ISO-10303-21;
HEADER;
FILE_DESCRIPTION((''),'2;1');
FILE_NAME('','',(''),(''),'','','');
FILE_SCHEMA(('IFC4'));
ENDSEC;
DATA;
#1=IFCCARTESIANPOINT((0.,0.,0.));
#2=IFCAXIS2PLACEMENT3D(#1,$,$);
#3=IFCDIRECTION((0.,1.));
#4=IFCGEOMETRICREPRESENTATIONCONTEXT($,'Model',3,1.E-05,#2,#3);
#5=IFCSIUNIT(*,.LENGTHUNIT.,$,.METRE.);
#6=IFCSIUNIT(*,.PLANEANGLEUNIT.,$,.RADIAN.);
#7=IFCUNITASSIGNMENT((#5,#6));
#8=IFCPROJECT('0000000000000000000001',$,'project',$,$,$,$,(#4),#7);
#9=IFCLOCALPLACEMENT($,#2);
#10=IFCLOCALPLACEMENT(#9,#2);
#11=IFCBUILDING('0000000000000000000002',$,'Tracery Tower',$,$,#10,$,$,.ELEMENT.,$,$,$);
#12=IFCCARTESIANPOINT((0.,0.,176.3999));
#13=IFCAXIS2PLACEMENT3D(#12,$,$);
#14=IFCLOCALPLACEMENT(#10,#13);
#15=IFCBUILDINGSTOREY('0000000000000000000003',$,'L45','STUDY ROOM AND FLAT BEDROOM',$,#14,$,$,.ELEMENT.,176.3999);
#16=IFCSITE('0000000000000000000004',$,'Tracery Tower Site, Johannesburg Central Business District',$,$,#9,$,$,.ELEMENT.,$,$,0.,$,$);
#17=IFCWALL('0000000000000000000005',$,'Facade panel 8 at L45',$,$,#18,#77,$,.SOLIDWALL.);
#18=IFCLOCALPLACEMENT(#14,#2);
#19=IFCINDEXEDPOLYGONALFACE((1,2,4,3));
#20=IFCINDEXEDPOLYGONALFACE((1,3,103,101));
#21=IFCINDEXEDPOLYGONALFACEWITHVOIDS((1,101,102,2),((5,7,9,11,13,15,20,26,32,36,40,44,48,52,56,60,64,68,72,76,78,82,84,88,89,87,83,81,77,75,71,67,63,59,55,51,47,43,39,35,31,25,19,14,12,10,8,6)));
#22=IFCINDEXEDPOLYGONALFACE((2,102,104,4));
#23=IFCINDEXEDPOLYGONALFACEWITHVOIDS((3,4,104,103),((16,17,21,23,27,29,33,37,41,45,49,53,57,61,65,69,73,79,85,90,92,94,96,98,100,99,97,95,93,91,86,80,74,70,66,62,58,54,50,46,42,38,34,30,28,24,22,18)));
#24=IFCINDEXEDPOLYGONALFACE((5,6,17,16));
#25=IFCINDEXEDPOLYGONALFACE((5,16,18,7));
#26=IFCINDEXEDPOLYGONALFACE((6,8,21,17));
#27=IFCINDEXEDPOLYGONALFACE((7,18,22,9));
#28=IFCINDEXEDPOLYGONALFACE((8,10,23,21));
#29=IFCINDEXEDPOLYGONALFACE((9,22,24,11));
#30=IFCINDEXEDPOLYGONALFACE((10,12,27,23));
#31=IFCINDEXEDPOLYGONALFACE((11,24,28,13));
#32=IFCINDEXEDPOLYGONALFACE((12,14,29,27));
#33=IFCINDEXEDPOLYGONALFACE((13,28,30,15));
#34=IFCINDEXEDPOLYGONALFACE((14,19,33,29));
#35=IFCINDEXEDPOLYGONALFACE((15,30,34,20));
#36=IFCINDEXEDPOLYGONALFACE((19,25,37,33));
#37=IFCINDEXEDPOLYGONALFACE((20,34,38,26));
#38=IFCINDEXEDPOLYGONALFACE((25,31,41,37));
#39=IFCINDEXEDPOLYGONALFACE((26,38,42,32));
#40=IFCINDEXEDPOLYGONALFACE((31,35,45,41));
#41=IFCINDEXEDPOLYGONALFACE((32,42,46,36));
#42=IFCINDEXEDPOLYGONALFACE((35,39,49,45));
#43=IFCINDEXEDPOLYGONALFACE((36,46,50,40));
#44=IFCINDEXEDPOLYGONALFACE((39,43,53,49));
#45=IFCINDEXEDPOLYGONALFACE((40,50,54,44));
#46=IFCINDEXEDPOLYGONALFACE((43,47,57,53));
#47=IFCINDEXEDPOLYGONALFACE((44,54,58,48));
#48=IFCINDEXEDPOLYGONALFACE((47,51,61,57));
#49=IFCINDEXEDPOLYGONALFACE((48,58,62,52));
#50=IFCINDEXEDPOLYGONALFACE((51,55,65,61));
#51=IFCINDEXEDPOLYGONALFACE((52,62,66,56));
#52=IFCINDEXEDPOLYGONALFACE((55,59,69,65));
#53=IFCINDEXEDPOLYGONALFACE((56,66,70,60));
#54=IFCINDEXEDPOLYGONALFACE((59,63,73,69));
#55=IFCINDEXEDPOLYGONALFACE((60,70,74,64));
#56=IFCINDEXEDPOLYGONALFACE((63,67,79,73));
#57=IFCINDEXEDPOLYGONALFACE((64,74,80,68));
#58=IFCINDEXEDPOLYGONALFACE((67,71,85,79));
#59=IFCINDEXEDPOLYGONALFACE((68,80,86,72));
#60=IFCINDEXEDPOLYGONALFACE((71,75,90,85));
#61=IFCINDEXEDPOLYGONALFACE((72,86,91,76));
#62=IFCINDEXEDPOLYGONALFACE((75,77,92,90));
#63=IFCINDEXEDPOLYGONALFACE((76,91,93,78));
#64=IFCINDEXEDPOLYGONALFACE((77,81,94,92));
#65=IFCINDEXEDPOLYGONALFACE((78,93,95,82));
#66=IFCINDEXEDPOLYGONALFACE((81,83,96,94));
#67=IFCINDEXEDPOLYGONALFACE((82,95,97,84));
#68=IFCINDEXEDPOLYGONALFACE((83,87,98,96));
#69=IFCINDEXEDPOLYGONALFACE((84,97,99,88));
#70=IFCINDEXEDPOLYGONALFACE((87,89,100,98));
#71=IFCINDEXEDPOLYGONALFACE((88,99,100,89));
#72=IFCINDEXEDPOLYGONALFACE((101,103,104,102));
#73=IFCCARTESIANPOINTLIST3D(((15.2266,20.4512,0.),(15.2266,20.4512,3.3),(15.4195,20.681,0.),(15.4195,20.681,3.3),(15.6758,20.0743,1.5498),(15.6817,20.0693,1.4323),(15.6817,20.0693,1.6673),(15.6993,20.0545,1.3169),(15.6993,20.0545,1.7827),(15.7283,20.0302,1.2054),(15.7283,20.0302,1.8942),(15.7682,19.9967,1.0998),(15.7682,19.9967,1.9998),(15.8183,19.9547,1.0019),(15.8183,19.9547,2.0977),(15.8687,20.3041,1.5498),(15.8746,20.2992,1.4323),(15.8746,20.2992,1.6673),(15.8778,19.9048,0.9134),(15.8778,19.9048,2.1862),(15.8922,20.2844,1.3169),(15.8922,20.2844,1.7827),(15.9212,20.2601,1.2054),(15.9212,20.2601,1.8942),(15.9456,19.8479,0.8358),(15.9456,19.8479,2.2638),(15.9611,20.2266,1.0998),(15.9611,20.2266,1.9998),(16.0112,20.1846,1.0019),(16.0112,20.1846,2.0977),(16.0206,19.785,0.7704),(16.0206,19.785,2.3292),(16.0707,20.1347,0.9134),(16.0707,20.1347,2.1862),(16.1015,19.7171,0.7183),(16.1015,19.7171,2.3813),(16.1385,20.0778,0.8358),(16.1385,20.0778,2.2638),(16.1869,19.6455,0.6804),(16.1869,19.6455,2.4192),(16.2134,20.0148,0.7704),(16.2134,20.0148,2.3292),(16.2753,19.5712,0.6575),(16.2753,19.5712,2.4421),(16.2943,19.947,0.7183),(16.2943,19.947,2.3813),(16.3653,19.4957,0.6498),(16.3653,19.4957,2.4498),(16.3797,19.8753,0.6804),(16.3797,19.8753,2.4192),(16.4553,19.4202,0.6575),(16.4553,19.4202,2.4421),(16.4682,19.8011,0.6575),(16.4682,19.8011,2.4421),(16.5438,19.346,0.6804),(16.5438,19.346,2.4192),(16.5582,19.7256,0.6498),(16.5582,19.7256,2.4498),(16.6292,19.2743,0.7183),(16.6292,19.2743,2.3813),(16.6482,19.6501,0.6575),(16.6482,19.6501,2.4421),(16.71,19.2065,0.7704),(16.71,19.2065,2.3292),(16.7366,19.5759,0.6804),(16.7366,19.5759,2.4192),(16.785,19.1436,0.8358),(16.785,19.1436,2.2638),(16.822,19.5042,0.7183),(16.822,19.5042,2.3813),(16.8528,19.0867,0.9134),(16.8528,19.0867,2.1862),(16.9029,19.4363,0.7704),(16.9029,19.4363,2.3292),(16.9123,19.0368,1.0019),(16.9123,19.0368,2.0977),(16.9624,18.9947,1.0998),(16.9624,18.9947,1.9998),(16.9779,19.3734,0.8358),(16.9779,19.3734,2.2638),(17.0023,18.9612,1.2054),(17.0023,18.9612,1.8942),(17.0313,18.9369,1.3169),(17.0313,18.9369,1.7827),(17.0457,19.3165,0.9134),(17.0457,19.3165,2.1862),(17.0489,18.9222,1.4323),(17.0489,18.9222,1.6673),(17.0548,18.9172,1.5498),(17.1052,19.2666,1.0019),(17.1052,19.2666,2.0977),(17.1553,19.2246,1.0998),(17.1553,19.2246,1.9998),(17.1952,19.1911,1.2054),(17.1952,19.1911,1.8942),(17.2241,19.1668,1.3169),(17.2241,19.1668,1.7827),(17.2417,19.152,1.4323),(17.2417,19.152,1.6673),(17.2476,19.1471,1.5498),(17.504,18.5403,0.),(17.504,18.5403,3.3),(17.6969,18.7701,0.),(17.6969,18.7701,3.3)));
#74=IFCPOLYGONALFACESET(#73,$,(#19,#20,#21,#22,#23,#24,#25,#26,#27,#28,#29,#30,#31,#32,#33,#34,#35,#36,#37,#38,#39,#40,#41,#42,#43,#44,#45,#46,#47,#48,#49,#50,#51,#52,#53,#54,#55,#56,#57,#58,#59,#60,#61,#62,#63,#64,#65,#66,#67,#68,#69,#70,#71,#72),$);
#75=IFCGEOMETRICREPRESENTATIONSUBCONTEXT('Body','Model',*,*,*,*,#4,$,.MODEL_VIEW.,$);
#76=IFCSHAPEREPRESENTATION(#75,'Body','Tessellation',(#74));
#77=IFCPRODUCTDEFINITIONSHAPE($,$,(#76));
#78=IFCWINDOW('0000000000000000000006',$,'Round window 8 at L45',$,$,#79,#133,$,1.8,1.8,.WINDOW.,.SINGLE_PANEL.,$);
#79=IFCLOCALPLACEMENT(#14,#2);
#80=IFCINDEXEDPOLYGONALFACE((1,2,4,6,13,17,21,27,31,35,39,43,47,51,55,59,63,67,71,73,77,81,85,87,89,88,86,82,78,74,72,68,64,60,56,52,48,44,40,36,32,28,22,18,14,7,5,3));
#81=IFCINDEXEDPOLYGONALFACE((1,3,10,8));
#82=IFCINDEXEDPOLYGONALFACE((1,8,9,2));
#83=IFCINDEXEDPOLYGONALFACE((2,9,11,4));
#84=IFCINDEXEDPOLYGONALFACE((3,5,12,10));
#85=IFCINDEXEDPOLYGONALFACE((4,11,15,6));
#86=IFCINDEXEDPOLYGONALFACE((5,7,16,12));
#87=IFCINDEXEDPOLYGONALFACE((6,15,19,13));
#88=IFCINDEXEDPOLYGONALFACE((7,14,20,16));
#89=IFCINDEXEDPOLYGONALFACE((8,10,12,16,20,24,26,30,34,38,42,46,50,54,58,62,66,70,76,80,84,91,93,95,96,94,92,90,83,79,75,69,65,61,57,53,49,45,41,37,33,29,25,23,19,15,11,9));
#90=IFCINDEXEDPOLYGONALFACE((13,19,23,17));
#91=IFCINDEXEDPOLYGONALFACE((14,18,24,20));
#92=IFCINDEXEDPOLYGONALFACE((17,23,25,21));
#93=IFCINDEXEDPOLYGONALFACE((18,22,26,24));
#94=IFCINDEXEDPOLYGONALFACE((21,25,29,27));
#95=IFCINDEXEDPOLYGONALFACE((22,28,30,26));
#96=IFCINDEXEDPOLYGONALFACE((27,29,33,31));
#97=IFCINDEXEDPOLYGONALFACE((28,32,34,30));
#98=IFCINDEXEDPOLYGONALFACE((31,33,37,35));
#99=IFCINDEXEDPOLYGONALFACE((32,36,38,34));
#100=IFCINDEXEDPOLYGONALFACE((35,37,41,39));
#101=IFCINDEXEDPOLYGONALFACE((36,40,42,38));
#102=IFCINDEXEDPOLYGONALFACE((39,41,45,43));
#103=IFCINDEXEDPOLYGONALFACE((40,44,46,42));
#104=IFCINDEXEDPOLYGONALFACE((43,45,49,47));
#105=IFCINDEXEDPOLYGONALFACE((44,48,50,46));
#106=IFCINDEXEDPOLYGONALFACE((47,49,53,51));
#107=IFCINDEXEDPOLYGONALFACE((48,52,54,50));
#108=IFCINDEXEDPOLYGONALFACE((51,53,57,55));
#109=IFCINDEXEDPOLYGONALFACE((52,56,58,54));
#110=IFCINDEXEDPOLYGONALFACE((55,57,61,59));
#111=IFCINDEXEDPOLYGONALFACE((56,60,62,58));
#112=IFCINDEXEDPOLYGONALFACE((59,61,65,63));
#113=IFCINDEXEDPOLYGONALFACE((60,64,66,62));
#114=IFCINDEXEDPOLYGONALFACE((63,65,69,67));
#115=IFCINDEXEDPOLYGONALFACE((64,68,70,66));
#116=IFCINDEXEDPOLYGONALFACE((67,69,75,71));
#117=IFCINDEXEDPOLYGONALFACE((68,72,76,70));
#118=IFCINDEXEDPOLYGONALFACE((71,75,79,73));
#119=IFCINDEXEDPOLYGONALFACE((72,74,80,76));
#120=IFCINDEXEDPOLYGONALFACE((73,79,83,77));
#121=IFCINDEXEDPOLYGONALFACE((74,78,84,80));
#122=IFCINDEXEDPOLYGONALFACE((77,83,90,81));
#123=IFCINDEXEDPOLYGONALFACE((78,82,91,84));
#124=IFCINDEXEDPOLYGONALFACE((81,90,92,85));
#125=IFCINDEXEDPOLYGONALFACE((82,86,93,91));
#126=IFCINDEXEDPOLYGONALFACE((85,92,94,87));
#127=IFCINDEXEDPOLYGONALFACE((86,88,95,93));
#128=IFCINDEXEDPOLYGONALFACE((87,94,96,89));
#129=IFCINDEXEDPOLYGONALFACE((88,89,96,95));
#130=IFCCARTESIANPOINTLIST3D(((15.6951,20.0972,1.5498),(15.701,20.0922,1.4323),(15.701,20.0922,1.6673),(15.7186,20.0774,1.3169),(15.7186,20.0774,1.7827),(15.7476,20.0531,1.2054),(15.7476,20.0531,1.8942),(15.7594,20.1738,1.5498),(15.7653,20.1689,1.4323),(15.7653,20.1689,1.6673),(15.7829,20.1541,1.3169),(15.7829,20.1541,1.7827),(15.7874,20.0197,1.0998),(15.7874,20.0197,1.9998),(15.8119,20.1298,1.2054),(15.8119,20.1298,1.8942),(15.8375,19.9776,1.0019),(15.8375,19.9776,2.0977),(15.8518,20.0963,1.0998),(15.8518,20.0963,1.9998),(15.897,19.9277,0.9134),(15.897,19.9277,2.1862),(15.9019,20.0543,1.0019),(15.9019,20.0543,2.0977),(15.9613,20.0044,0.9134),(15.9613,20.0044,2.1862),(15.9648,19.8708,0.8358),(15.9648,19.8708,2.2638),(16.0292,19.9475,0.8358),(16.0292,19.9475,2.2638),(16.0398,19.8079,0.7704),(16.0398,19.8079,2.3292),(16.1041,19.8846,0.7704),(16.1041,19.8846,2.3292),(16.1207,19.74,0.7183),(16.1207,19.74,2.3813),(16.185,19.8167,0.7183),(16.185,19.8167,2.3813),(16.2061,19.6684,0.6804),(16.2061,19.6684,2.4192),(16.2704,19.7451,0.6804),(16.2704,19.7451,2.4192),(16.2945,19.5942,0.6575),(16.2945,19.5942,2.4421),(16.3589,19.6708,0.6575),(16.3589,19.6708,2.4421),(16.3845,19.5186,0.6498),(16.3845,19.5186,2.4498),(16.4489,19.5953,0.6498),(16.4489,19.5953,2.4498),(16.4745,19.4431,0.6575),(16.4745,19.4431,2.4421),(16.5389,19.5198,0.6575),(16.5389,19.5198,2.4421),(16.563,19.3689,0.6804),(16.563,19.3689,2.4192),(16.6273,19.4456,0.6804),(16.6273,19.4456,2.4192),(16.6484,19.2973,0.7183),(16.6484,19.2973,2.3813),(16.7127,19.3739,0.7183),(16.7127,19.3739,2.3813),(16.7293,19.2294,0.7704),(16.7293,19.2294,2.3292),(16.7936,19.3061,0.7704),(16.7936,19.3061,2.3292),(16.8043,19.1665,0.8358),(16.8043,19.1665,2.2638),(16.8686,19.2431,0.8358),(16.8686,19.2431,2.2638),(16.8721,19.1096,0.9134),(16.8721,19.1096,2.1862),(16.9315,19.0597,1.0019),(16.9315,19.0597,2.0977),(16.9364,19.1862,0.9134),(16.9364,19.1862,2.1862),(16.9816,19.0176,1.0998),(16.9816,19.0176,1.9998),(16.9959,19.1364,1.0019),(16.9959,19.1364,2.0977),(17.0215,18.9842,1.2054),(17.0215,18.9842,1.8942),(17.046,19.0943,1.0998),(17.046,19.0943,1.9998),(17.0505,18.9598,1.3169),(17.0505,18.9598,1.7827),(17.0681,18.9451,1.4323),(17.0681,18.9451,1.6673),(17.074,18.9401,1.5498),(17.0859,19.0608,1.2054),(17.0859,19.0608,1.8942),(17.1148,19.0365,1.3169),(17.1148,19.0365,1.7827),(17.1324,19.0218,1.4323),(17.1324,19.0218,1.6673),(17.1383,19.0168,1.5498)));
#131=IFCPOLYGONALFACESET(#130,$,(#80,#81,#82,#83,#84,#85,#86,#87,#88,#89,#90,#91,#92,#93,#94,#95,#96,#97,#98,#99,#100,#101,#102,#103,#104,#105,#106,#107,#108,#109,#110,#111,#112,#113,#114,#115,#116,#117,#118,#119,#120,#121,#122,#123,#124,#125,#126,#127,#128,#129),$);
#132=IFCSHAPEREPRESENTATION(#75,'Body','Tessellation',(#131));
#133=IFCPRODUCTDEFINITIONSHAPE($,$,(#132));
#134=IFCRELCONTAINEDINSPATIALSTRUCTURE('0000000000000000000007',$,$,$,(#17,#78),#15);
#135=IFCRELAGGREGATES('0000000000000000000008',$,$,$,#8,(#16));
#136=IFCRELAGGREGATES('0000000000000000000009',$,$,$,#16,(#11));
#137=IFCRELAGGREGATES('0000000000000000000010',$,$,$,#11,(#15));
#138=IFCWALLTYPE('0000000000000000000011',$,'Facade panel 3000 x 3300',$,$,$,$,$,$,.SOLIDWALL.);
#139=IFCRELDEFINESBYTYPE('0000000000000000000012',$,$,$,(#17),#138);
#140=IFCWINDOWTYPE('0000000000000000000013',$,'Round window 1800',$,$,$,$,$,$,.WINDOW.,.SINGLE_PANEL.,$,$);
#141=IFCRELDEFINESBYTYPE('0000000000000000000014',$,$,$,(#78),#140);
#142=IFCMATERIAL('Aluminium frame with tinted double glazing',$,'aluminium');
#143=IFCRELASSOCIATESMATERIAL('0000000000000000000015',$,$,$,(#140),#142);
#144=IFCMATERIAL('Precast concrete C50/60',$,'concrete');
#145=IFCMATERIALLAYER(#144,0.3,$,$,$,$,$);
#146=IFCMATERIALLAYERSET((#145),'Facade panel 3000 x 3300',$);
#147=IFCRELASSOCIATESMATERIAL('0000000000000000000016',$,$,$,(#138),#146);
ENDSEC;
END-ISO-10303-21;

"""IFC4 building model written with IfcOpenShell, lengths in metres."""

from ifc_helpers import new_model, si_unit, direction, frame, frame_2d, origin, origin_2d, place, context, subcontext, project, spatial, rectangle, circle, extrude, material, layer, layer_set, type_object, element, fill, save


model = new_model("IFC4")

# Units and contexts
model_context = context("Model", 3, precision=1e-05, world=origin(), true_north=direction((0.0, 1.0)))
body_context = subcontext(model_context, "Body", "Model", "MODEL_VIEW")
ifc_project = project(units=[si_unit("LENGTHUNIT", "METRE"), si_unit("PLANEANGLEUNIT", "RADIAN")], contexts=[model_context])

# Site, building, storey
site_placement = place(None, origin())
site = spatial("IfcSite", under=ifc_project, at=site_placement, Name="Tracery Tower Site, Johannesburg Central Business District", CompositionType="ELEMENT", RefElevation=0.0)
building_placement = place(site_placement, origin())
building = spatial("IfcBuilding", under=site, at=building_placement, Name="Tracery Tower", CompositionType="ELEMENT")
storey_placement = place(building_placement, frame((0.0, 0.0, 176.3999)))
storey = spatial("IfcBuildingStorey", under=building, at=storey_placement, Name="L45", Description="STUDY ROOM AND FLAT BEDROOM", CompositionType="ELEMENT", Elevation=176.3999)

# Wall, opening, window
ifc_material_1 = material(Name="Aluminium frame with tinted double glazing", Category="aluminium")
window_type = type_object("IfcWindowType", Name="Round window 1800", PartitioningType="SINGLE_PANEL", PredefinedType="WINDOW", material=ifc_material_1)
ifc_material_2 = material(Name="Precast concrete C50/60", Category="concrete")
ifc_layer_1 = layer(ifc_material_2, 0.3)
ifc_layer_set_1 = layer_set([ifc_layer_1], Name="Facade panel 3000 x 3300")
wall_type_1 = type_object("IfcWallType", Name="Facade panel 3000 x 3300", PredefinedType="SOLIDWALL", material=ifc_layer_set_1)
wall_1_placement = place(storey_placement, frame((17.6003, 18.6553, 0.0), z_axis=(0.0, 0.0, 1.0), x_axis=(-0.766049, 0.642782, 0.0)))
wall_1 = element("IfcWall", 1, at=wall_1_placement, inside=storey, type_object=wall_type_1, Name="Facade panel 8 at L45", PredefinedType="SOLIDWALL", context=body_context, shape_type="SweptSolid", body=[
    extrude(rectangle(XDim=2.9729, YDim=0.3, at=frame_2d((1.4863, 0.0))), origin(), (0.0, 0.0, 1.0), 3.3),
])
opening_1_placement = place(wall_1_placement, frame((1.4863, 0.0, 1.5498)))
opening_1 = element("IfcOpeningElement", 2, at=opening_1_placement, cuts=wall_1, PredefinedType="OPENING", context=body_context, shape_type="SweptSolid", body=[
    extrude(circle(Radius=0.9, at=origin_2d()), frame((0.0, 0.1599, 0.0), z_axis=(0.0, -1.0, 0.0), x_axis=(1.0, 0.0, 0.0)), (0.0, 0.0, 1.0), 0.3201),
])
window_1_placement = place(opening_1_placement, origin())
window_1 = element("IfcWindow", 3, at=window_1_placement, inside=storey, type_object=window_type, Name="Round window 8 at L45", OverallHeight=1.8, OverallWidth=1.8, PartitioningType="SINGLE_PANEL", PredefinedType="WINDOW", context=body_context, shape_type="SweptSolid", body=[
    extrude(circle(Radius=0.9, at=origin_2d()), frame((0.0, 0.1201, 0.0), z_axis=(0.0, -1.0, 0.0), x_axis=(1.0, 0.0, 0.0)), (0.0, 0.0, 1.0), 0.1001),
])
fill(opening_1, window_1)

save(model, "model.ifc")
